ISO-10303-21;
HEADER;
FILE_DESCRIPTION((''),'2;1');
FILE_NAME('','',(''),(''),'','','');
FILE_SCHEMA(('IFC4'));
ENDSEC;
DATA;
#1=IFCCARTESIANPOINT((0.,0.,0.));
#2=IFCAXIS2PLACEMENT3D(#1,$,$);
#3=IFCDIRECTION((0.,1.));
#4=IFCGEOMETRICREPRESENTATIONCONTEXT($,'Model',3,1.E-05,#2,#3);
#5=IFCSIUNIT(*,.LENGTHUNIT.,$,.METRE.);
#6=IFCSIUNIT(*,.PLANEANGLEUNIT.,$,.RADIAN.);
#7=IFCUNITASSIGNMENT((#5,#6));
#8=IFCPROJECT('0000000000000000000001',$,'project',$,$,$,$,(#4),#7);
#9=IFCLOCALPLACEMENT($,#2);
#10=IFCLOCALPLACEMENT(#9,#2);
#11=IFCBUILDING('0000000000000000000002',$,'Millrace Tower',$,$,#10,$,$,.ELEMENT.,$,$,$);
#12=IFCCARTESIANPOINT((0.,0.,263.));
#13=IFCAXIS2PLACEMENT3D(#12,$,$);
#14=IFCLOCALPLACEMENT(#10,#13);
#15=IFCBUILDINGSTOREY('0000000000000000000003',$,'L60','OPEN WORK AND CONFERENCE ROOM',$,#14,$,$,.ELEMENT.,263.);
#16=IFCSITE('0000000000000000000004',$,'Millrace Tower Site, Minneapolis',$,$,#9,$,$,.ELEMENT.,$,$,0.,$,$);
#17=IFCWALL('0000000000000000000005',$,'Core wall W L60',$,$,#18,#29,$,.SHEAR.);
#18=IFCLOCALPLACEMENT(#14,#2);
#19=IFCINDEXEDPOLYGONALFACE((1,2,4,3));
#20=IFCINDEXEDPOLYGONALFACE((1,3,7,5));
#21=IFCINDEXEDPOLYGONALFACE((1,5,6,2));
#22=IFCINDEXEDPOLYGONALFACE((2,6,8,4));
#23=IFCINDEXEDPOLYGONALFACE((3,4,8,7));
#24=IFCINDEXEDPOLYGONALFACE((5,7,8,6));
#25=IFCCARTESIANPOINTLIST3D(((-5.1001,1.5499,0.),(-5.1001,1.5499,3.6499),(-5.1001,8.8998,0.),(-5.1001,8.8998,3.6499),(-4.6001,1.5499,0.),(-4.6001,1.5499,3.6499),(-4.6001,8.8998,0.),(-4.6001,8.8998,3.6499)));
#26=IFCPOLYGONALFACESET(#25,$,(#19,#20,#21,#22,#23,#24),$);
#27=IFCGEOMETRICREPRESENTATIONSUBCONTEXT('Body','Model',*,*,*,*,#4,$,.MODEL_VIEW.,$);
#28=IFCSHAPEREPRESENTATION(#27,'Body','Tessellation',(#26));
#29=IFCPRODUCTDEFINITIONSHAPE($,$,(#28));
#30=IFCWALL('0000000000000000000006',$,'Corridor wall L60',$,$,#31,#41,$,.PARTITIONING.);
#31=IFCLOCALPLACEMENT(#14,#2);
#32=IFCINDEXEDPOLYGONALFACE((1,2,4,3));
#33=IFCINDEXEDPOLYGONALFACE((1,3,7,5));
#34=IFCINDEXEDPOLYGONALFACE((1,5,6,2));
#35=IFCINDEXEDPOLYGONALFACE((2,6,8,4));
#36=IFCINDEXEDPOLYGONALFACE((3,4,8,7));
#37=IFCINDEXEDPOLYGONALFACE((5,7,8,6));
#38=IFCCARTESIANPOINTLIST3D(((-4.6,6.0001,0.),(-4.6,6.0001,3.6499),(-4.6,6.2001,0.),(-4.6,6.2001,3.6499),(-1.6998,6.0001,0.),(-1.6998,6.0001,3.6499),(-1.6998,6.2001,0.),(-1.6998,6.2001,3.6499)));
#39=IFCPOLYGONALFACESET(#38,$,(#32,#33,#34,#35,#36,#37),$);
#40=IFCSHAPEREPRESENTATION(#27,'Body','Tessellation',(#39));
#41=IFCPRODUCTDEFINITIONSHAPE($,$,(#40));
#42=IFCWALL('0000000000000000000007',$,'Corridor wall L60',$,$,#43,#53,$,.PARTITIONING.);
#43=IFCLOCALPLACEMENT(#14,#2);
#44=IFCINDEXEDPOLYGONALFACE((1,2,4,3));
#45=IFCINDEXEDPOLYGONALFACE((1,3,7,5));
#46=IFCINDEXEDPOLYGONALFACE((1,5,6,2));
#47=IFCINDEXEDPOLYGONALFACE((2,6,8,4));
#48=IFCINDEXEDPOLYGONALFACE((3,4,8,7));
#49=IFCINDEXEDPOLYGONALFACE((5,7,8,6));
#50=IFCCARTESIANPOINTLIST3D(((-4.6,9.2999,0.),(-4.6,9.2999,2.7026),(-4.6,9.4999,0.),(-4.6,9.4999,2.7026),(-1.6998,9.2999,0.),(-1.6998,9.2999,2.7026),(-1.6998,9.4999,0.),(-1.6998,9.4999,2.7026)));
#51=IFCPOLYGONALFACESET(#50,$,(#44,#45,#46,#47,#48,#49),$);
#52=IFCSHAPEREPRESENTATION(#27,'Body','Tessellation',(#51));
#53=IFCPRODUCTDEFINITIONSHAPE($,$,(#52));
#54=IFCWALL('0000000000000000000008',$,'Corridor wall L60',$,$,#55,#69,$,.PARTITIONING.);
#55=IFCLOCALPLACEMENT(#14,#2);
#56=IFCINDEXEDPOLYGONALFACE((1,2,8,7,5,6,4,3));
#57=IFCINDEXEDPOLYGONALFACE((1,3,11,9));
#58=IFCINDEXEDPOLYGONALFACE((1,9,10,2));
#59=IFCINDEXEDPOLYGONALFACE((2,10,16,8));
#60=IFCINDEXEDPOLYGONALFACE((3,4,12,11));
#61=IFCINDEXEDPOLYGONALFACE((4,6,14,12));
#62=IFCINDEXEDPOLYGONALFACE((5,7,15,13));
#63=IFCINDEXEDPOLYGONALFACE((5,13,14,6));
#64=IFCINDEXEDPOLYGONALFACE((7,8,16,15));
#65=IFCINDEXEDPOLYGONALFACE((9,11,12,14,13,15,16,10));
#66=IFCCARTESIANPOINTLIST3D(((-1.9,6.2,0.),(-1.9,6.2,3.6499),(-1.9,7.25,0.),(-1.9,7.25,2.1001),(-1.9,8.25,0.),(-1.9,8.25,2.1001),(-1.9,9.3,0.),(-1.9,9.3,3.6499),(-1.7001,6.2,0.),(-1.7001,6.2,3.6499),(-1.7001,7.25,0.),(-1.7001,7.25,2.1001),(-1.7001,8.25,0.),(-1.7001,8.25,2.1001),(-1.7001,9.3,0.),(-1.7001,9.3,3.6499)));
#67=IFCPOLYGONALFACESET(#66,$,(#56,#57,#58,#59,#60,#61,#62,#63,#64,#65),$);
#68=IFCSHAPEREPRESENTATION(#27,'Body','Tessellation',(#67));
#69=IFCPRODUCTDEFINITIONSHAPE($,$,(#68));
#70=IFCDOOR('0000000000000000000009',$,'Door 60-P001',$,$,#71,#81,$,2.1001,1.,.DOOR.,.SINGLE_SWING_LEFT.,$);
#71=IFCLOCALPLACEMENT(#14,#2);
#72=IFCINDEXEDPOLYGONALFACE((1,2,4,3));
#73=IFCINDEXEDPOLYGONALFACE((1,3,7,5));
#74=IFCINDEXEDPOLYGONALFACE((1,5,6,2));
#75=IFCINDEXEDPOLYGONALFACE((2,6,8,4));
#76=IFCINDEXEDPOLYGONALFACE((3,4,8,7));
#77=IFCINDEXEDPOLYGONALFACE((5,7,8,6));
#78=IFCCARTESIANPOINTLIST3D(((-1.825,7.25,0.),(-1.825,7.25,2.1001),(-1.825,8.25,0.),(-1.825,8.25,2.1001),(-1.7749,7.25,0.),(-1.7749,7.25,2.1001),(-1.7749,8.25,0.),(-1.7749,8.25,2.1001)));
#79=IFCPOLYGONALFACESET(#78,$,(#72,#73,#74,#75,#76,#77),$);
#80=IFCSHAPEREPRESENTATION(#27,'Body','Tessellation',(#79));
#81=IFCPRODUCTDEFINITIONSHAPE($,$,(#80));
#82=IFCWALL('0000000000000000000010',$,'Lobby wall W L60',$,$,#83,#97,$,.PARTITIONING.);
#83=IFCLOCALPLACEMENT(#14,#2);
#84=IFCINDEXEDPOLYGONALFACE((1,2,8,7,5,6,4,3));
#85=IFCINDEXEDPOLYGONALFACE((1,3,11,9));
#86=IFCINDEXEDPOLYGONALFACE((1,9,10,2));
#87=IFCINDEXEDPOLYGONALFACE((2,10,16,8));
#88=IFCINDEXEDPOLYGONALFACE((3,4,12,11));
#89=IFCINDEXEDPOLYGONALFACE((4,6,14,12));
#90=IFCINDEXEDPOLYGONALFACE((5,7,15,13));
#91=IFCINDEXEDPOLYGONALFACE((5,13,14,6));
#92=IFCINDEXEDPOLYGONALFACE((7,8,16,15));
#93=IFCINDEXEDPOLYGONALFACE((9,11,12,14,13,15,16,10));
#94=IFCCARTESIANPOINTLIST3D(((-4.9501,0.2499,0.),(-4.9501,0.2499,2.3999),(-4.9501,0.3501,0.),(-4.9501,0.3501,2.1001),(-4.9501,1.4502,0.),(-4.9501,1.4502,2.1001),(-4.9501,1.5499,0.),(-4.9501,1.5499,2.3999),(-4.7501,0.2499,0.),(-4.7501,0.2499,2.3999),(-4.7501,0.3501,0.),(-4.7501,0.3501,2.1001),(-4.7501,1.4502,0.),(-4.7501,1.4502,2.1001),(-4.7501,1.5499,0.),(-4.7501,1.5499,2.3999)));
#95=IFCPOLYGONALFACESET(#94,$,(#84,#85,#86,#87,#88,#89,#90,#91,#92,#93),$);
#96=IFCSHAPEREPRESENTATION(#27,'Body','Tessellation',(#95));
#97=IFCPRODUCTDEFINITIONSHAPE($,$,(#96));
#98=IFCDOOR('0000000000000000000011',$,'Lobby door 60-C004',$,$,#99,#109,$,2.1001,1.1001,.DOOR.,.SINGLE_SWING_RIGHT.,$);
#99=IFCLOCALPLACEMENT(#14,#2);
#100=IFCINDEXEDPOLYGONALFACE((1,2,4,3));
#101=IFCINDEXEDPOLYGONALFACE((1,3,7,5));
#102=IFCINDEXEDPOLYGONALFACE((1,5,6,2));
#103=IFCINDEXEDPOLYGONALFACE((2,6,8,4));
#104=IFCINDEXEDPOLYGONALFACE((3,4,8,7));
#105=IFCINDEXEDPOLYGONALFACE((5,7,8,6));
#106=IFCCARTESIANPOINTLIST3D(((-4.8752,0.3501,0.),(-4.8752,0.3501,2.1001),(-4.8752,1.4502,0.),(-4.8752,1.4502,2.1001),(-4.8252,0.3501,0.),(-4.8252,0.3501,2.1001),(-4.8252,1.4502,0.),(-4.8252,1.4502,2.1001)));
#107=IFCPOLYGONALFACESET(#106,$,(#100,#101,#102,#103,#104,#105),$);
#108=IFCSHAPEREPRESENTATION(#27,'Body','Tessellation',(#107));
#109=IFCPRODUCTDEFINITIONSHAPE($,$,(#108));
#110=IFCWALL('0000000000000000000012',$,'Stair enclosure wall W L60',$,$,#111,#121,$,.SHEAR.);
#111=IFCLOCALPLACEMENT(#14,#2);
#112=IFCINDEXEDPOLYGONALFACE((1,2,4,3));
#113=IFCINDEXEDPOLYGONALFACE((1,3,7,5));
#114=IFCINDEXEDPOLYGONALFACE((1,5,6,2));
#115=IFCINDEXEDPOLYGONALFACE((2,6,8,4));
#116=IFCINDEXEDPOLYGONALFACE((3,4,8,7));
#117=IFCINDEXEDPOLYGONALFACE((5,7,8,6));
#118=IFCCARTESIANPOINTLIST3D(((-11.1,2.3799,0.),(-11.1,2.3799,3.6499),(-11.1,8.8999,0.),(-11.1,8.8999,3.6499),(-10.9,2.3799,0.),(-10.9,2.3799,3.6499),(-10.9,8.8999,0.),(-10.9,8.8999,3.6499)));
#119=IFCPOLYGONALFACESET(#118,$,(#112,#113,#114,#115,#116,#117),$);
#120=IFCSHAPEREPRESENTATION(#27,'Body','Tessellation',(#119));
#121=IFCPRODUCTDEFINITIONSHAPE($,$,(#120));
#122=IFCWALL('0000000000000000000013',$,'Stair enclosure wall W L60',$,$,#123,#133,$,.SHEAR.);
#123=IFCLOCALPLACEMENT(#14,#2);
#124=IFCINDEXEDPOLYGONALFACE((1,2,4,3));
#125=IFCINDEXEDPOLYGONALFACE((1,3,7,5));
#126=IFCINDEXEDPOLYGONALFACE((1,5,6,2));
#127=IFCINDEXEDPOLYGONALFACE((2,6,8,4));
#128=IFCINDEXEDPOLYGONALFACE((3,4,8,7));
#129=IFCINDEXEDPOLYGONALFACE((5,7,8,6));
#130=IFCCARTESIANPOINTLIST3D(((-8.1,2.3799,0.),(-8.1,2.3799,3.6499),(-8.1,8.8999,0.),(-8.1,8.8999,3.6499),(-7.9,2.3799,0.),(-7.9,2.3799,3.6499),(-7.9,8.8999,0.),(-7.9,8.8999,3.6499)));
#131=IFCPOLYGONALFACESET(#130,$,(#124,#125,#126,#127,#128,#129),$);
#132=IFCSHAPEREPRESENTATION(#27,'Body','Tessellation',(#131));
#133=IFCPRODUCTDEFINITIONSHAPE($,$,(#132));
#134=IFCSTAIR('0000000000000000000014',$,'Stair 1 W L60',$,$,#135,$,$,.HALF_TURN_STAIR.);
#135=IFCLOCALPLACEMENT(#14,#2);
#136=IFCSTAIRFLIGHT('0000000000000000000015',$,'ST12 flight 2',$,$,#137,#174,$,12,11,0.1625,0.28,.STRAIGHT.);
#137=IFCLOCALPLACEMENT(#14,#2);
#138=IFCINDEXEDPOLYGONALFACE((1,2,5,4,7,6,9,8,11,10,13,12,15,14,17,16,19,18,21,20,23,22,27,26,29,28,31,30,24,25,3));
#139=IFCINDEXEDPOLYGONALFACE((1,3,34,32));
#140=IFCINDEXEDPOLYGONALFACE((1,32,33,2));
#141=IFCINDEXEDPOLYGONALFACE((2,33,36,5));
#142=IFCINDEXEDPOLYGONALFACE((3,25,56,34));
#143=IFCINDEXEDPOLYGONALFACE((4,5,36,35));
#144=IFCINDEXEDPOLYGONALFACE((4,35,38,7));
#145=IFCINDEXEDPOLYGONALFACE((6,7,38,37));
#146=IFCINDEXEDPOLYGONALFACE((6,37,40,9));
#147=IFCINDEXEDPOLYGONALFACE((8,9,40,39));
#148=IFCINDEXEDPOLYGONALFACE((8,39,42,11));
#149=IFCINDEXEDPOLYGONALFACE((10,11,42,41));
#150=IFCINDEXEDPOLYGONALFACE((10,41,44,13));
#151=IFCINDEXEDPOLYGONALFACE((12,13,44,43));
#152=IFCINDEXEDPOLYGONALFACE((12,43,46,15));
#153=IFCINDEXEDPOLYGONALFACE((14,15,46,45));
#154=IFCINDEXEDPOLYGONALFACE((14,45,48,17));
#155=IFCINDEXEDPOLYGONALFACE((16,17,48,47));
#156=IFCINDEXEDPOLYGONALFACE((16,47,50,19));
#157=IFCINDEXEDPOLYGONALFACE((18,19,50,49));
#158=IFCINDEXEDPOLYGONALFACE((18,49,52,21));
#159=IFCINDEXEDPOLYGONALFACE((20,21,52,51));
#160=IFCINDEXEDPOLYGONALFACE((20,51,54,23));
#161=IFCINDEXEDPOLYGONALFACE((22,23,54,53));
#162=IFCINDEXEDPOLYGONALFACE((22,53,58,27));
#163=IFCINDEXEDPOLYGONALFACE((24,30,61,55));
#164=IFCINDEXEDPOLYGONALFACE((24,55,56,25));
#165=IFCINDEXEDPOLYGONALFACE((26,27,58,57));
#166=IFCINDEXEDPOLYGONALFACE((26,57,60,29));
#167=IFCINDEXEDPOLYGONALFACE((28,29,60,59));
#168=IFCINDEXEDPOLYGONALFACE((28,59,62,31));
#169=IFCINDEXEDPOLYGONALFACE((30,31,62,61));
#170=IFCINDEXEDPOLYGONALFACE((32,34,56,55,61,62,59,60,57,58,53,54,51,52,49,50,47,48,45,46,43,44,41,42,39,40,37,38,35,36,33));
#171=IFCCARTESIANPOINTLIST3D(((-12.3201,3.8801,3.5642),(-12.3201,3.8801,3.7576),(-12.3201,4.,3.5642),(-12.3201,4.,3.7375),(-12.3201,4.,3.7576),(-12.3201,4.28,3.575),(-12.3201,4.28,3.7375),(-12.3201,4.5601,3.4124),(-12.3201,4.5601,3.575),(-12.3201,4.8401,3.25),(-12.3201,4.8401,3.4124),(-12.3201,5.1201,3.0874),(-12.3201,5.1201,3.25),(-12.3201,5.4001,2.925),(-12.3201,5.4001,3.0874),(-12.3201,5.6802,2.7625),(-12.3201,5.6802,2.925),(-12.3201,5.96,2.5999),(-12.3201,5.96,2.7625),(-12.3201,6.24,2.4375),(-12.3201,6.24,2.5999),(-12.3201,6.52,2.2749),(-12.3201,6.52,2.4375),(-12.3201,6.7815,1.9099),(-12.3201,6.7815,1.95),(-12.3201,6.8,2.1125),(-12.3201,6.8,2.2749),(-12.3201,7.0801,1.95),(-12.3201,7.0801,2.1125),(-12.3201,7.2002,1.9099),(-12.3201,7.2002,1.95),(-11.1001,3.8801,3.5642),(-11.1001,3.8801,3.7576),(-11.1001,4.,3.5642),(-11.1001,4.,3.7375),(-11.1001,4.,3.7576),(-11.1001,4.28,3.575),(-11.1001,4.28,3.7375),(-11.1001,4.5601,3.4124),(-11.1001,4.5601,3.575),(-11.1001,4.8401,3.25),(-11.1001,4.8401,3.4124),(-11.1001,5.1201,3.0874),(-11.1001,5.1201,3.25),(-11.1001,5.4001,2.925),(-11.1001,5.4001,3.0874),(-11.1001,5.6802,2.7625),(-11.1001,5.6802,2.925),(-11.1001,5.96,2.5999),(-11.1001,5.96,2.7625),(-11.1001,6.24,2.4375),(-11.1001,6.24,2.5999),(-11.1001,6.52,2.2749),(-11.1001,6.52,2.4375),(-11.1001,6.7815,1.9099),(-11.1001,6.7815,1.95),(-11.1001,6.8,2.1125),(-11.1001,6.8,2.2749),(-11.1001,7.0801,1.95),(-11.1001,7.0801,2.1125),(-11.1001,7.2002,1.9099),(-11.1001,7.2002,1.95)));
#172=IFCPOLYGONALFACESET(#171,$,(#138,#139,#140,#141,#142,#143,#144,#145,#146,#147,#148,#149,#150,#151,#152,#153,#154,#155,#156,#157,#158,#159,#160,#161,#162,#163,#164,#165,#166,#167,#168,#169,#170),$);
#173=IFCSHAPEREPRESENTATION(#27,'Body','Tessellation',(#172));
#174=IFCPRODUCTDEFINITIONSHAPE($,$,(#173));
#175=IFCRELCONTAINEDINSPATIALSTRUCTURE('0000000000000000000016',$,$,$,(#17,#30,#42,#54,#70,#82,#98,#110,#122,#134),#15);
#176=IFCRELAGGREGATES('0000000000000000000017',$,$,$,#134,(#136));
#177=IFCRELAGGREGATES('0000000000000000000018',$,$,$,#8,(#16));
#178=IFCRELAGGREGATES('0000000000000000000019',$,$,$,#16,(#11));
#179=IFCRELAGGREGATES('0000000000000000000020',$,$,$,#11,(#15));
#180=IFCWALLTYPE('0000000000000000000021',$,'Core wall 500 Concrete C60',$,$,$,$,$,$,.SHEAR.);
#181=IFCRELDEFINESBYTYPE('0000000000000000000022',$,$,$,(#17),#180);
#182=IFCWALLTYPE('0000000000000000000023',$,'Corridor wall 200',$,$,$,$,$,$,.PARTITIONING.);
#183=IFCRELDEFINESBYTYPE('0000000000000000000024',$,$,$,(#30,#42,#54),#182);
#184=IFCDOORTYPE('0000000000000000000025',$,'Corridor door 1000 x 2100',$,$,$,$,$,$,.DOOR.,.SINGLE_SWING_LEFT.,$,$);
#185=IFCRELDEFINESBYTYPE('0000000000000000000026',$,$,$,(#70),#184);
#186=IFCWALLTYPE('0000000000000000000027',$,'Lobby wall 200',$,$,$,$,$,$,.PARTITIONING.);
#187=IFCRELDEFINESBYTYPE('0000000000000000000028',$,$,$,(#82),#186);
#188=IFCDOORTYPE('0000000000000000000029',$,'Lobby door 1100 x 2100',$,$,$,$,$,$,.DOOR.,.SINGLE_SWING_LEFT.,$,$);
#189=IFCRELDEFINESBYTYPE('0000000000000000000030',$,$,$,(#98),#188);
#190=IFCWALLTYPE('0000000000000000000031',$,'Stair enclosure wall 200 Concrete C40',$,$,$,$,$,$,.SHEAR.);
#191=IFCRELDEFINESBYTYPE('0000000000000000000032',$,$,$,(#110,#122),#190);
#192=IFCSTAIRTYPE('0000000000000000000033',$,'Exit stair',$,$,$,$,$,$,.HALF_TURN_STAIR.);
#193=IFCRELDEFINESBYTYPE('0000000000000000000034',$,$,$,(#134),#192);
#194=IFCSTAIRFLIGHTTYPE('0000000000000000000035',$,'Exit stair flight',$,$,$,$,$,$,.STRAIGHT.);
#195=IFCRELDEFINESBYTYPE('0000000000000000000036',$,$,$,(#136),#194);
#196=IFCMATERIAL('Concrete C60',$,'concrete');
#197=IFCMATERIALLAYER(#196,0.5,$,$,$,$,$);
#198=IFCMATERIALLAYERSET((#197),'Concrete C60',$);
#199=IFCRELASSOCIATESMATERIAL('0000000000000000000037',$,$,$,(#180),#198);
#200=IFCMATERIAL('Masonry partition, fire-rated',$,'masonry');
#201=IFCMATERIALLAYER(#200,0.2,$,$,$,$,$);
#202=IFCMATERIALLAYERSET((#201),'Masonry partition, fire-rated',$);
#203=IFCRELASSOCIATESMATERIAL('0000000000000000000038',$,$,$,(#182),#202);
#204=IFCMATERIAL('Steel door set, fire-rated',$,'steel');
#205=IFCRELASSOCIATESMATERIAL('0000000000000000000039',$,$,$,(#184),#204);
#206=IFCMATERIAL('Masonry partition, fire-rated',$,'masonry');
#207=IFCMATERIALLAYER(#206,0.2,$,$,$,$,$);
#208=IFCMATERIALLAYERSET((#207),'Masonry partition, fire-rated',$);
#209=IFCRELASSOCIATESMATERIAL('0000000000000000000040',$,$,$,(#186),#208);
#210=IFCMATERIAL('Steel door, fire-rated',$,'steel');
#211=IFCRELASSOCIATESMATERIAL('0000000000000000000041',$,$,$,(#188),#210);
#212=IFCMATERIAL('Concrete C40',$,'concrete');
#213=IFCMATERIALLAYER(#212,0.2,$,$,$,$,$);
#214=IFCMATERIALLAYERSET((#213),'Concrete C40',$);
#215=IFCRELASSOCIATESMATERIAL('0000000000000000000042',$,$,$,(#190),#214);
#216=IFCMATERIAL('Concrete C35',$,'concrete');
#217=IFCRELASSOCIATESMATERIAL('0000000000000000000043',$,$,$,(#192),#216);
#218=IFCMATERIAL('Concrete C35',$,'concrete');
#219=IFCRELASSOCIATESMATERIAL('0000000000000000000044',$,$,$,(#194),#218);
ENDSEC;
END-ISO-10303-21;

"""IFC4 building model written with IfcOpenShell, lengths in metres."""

from ifc_helpers import new_model, si_unit, direction, frame, frame_2d, origin, place, context, subcontext, project, spatial, polyline, rectangle, outline, extrude, material, layer, layer_set, type_object, element, fill, aggregate, save


model = new_model("IFC4")

# Units and contexts
model_context = context("Model", 3, precision=1e-05, world=origin(), true_north=direction((0.0, 1.0)))
body_context = subcontext(model_context, "Body", "Model", "MODEL_VIEW")
ifc_project = project(units=[si_unit("LENGTHUNIT", "METRE"), si_unit("PLANEANGLEUNIT", "RADIAN")], contexts=[model_context])

# Site, building, storey
site_placement = place(None, origin())
site = spatial("IfcSite", under=ifc_project, at=site_placement, Name="Millrace Tower Site, Minneapolis", CompositionType="ELEMENT", RefElevation=0.0)
building_placement = place(site_placement, origin())
building = spatial("IfcBuilding", under=site, at=building_placement, Name="Millrace Tower", CompositionType="ELEMENT")
storey_placement = place(building_placement, frame((0.0, 0.0, 263.0)))
storey = spatial("IfcBuildingStorey", under=building, at=storey_placement, Name="L60", Description="OPEN WORK AND CONFERENCE ROOM", CompositionType="ELEMENT", Elevation=263.0)

# Walls
ifc_material_1 = material(Name="Concrete C60", Category="concrete")
ifc_layer_1 = layer(ifc_material_1, 0.5)
ifc_layer_set_1 = layer_set([ifc_layer_1], Name="Concrete C60")
wall_type_1 = type_object("IfcWallType", Name="Core wall 500 Concrete C60", PredefinedType="SHEAR", material=ifc_layer_set_1)
wall_1_placement = place(storey_placement, frame((-4.8501, 1.55, 0.0), z_axis=(0.0, 0.0, 1.0), x_axis=(0.0, 1.0, 0.0)))
element("IfcWall", 1, at=wall_1_placement, inside=storey, type_object=wall_type_1, Name="Core wall W L60", PredefinedType="SHEAR", context=body_context, shape_type="SweptSolid", body=[
    extrude(rectangle(XDim=7.3499, YDim=0.5, at=frame_2d((3.6748, 0.0))), origin(), (0.0, 0.0, 1.0), 3.6499),
])
ifc_material_2 = material(Name="Masonry partition, fire-rated", Category="masonry")
ifc_layer_2 = layer(ifc_material_2, 0.2)
ifc_layer_set_2 = layer_set([ifc_layer_2], Name="Masonry partition, fire-rated")
wall_type_2 = type_object("IfcWallType", Name="Corridor wall 200", PredefinedType="PARTITIONING", material=ifc_layer_set_2)
wall_2_placement = place(storey_placement, frame((-4.6001, 6.1001, 0.0), z_axis=(0.0, 0.0, 1.0), x_axis=(1.0, 0.0, 0.0)))
element("IfcWall", 2, at=wall_2_placement, inside=storey, type_object=wall_type_2, Name="Corridor wall L60", PredefinedType="PARTITIONING", context=body_context, shape_type="SweptSolid", body=[
    extrude(rectangle(XDim=2.9001, YDim=0.2, at=frame_2d((1.4502, 0.0))), origin(), (0.0, 0.0, 1.0), 3.6499),
])
wall_3_placement = place(storey_placement, frame((-4.6001, 9.3999, 0.0), z_axis=(0.0, 0.0, 1.0), x_axis=(1.0, 0.0, 0.0)))
element("IfcWall", 3, at=wall_3_placement, inside=storey, type_object=wall_type_2, Name="Corridor wall L60", PredefinedType="PARTITIONING", context=body_context, shape_type="SweptSolid", body=[
    extrude(rectangle(XDim=2.9001, YDim=0.2, at=frame_2d((1.4502, 0.0))), origin(), (0.0, 0.0, 1.0), 2.7026),
])

# Walls, openings, doors
wall_4_placement = place(storey_placement, frame((-1.8, 6.2, 0.0), z_axis=(0.0, 0.0, 1.0), x_axis=(0.0, 1.0, 0.0)))
wall_4 = element("IfcWall", 4, at=wall_4_placement, inside=storey, type_object=wall_type_2, Name="Corridor wall L60", PredefinedType="PARTITIONING", context=body_context, shape_type="SweptSolid", body=[
    extrude(rectangle(XDim=3.1001, YDim=0.2, at=frame_2d((1.55, 0.0))), origin(), (0.0, 0.0, 1.0), 3.6499),
])
opening_1_placement = place(wall_4_placement, frame((1.05, 0.0, 0.0)))
opening_1 = element("IfcOpeningElement", 5, at=opening_1_placement, cuts=wall_4, PredefinedType="OPENING", context=body_context, shape_type="SweptSolid", body=[
    extrude(rectangle(XDim=1.0, YDim=2.1001, at=frame_2d((0.5, 1.05))), frame((0.0, 0.1099, 0.0), z_axis=(0.0, -1.0, 0.0), x_axis=(1.0, 0.0, 0.0)), (0.0, 0.0, 1.0), 0.22),
])
ifc_material_3 = material(Name="Steel door set, fire-rated", Category="steel")
door_type_1 = type_object("IfcDoorType", Name="Corridor door 1000 x 2100", OperationType="SINGLE_SWING_LEFT", PredefinedType="DOOR", material=ifc_material_3)
door_1_placement = place(opening_1_placement, origin())
door_1 = element("IfcDoor", 6, at=door_1_placement, inside=storey, type_object=door_type_1, Name="Door 60-P001", OperationType="SINGLE_SWING_LEFT", OverallHeight=2.1001, OverallWidth=1.0, PredefinedType="DOOR", context=body_context, shape_type="SweptSolid", body=[
    extrude(rectangle(XDim=1.0, YDim=2.1001, at=frame_2d((0.5, 1.05))), frame((0.0, 0.0249, 0.0), z_axis=(0.0, -1.0, 0.0), x_axis=(1.0, 0.0, 0.0)), (0.0, 0.0, 1.0), 0.05),
])
fill(opening_1, door_1)
ifc_material_4 = material(Name="Masonry partition, fire-rated", Category="masonry")
ifc_layer_3 = layer(ifc_material_4, 0.2)
ifc_layer_set_3 = layer_set([ifc_layer_3], Name="Masonry partition, fire-rated")
wall_type_3 = type_object("IfcWallType", Name="Lobby wall 200", PredefinedType="PARTITIONING", material=ifc_layer_set_3)
wall_5_placement = place(storey_placement, frame((-4.8501, 0.25, 0.0), z_axis=(0.0, 0.0, 1.0), x_axis=(0.0, 1.0, 0.0)))
wall_5 = element("IfcWall", 7, at=wall_5_placement, inside=storey, type_object=wall_type_3, Name="Lobby wall W L60", PredefinedType="PARTITIONING", context=body_context, shape_type="SweptSolid", body=[
    extrude(rectangle(XDim=1.3, YDim=0.2, at=frame_2d((0.6499, 0.0))), origin(), (0.0, 0.0, 1.0), 2.3999),
])
opening_2_placement = place(wall_5_placement, frame((0.1001, 0.0, 0.0)))
opening_2 = element("IfcOpeningElement", 8, at=opening_2_placement, cuts=wall_5, PredefinedType="OPENING", context=body_context, shape_type="SweptSolid", body=[
    extrude(rectangle(XDim=1.1001, YDim=2.1001, at=frame_2d((0.55, 1.05))), frame((0.0, 0.1099, 0.0), z_axis=(0.0, -1.0, 0.0), x_axis=(1.0, 0.0, 0.0)), (0.0, 0.0, 1.0), 0.22),
])
ifc_material_5 = material(Name="Steel door, fire-rated", Category="steel")
door_type_2 = type_object("IfcDoorType", Name="Lobby door 1100 x 2100", OperationType="SINGLE_SWING_LEFT", PredefinedType="DOOR", material=ifc_material_5)
door_2_placement = place(opening_2_placement, frame((1.1001, 0.0, 0.0), z_axis=(0.0, 0.0, 1.0), x_axis=(-1.0, 0.0, 0.0)))
door_2 = element("IfcDoor", 9, at=door_2_placement, inside=storey, type_object=door_type_2, Name="Lobby door 60-C004", OperationType="SINGLE_SWING_RIGHT", OverallHeight=2.1001, OverallWidth=1.1001, PredefinedType="DOOR", context=body_context, shape_type="SweptSolid", body=[
    extrude(rectangle(XDim=1.1001, YDim=2.1001, at=frame_2d((0.55, 1.05))), frame((0.0, 0.0249, 0.0), z_axis=(0.0, -1.0, 0.0), x_axis=(1.0, 0.0, 0.0)), (0.0, 0.0, 1.0), 0.05),
])
fill(opening_2, door_2)

# Walls
ifc_material_6 = material(Name="Concrete C40", Category="concrete")
ifc_layer_4 = layer(ifc_material_6, 0.2)
ifc_layer_set_4 = layer_set([ifc_layer_4], Name="Concrete C40")
wall_type_4 = type_object("IfcWallType", Name="Stair enclosure wall 200 Concrete C40", PredefinedType="SHEAR", material=ifc_layer_set_4)
for number, where, z_axis, x_axis, name in (
    (10, (-11.0, 2.3799, 0.0), (0.0, 0.0, 1.0), (0.0, 1.0, 0.0), "Stair enclosure wall W L60"),
    (11, (-8.0, 2.3799, 0.0), (0.0, 0.0, 1.0), (0.0, 1.0, 0.0), "Stair enclosure wall W L60"),
):
    element("IfcWall", number, at=place(storey_placement, frame(where, z_axis=z_axis, x_axis=x_axis)), inside=storey, type_object=wall_type_4, Name=name, PredefinedType="SHEAR", context=body_context, shape_type="SweptSolid", body=[
        extrude(rectangle(XDim=6.52, YDim=0.2, at=frame_2d((3.26, 0.0))), origin(), (0.0, 0.0, 1.0), 3.6499),
    ])

# Stair, stair flight
ifc_material_7 = material(Name="Concrete C35", Category="concrete")
stair_type = type_object("IfcStairType", Name="Exit stair", PredefinedType="HALF_TURN_STAIR", material=ifc_material_7)
placement = place(storey_placement, origin())
stair_1 = element("IfcStair", 12, at=placement, inside=storey, type_object=stair_type, Name="Stair 1 W L60", PredefinedType="HALF_TURN_STAIR")
ifc_material_8 = material(Name="Concrete C35", Category="concrete")
stair_flight_type = type_object("IfcStairFlightType", Name="Exit stair flight", PredefinedType="STRAIGHT", material=ifc_material_8)
stair_flight_1_placement = place(storey_placement, frame((-11.71, 7.0801, 1.95), z_axis=(0.0, 0.0, 1.0), x_axis=(0.0, -1.0, 0.0)))
stair_flight_1 = element("IfcStairFlight", 13, at=stair_flight_1_placement, type_object=stair_flight_type, Name="ST12 flight 2", NumberOfRisers=12, NumberOfTreads=11, PredefinedType="STRAIGHT", RiserHeight=0.1625, TreadLength=0.28, context=body_context, shape_type="SweptSolid", body=[
    extrude(outline(polyline([(-0.1201, -0.04), (-0.1201, 0.0), (0.0, 0.0), (0.0, 0.1626), (0.28, 0.1626), (0.28, 0.325), (0.5601, 0.325), (0.5601, 0.4875), (0.8401, 0.4875), (0.8401, 0.6499), (1.1201, 0.6499), (1.1201, 0.8125), (1.3999, 0.8125), (1.3999, 0.9751), (1.6799, 0.9751), (1.6799, 1.1375), (1.96, 1.1375), (1.96, 1.3), (2.24, 1.3), (2.24, 1.4624), (2.52, 1.4624), (2.52, 1.625), (2.8, 1.625), (2.8, 1.7876), (3.0801, 1.7876), (3.0801, 1.8076), (3.2, 1.8076), (3.2, 1.6143), (3.0801, 1.6143), (0.2986, 0.0), (0.2986, -0.04), (-0.1201, -0.04)])), frame((0.0, 0.6099, 0.0), z_axis=(0.0, -1.0, 0.0), x_axis=(1.0, 0.0, 0.0)), (0.0, 0.0, 1.0), 1.22),
])
aggregate(stair_1, [stair_flight_1])

save(model, "model.ifc")
